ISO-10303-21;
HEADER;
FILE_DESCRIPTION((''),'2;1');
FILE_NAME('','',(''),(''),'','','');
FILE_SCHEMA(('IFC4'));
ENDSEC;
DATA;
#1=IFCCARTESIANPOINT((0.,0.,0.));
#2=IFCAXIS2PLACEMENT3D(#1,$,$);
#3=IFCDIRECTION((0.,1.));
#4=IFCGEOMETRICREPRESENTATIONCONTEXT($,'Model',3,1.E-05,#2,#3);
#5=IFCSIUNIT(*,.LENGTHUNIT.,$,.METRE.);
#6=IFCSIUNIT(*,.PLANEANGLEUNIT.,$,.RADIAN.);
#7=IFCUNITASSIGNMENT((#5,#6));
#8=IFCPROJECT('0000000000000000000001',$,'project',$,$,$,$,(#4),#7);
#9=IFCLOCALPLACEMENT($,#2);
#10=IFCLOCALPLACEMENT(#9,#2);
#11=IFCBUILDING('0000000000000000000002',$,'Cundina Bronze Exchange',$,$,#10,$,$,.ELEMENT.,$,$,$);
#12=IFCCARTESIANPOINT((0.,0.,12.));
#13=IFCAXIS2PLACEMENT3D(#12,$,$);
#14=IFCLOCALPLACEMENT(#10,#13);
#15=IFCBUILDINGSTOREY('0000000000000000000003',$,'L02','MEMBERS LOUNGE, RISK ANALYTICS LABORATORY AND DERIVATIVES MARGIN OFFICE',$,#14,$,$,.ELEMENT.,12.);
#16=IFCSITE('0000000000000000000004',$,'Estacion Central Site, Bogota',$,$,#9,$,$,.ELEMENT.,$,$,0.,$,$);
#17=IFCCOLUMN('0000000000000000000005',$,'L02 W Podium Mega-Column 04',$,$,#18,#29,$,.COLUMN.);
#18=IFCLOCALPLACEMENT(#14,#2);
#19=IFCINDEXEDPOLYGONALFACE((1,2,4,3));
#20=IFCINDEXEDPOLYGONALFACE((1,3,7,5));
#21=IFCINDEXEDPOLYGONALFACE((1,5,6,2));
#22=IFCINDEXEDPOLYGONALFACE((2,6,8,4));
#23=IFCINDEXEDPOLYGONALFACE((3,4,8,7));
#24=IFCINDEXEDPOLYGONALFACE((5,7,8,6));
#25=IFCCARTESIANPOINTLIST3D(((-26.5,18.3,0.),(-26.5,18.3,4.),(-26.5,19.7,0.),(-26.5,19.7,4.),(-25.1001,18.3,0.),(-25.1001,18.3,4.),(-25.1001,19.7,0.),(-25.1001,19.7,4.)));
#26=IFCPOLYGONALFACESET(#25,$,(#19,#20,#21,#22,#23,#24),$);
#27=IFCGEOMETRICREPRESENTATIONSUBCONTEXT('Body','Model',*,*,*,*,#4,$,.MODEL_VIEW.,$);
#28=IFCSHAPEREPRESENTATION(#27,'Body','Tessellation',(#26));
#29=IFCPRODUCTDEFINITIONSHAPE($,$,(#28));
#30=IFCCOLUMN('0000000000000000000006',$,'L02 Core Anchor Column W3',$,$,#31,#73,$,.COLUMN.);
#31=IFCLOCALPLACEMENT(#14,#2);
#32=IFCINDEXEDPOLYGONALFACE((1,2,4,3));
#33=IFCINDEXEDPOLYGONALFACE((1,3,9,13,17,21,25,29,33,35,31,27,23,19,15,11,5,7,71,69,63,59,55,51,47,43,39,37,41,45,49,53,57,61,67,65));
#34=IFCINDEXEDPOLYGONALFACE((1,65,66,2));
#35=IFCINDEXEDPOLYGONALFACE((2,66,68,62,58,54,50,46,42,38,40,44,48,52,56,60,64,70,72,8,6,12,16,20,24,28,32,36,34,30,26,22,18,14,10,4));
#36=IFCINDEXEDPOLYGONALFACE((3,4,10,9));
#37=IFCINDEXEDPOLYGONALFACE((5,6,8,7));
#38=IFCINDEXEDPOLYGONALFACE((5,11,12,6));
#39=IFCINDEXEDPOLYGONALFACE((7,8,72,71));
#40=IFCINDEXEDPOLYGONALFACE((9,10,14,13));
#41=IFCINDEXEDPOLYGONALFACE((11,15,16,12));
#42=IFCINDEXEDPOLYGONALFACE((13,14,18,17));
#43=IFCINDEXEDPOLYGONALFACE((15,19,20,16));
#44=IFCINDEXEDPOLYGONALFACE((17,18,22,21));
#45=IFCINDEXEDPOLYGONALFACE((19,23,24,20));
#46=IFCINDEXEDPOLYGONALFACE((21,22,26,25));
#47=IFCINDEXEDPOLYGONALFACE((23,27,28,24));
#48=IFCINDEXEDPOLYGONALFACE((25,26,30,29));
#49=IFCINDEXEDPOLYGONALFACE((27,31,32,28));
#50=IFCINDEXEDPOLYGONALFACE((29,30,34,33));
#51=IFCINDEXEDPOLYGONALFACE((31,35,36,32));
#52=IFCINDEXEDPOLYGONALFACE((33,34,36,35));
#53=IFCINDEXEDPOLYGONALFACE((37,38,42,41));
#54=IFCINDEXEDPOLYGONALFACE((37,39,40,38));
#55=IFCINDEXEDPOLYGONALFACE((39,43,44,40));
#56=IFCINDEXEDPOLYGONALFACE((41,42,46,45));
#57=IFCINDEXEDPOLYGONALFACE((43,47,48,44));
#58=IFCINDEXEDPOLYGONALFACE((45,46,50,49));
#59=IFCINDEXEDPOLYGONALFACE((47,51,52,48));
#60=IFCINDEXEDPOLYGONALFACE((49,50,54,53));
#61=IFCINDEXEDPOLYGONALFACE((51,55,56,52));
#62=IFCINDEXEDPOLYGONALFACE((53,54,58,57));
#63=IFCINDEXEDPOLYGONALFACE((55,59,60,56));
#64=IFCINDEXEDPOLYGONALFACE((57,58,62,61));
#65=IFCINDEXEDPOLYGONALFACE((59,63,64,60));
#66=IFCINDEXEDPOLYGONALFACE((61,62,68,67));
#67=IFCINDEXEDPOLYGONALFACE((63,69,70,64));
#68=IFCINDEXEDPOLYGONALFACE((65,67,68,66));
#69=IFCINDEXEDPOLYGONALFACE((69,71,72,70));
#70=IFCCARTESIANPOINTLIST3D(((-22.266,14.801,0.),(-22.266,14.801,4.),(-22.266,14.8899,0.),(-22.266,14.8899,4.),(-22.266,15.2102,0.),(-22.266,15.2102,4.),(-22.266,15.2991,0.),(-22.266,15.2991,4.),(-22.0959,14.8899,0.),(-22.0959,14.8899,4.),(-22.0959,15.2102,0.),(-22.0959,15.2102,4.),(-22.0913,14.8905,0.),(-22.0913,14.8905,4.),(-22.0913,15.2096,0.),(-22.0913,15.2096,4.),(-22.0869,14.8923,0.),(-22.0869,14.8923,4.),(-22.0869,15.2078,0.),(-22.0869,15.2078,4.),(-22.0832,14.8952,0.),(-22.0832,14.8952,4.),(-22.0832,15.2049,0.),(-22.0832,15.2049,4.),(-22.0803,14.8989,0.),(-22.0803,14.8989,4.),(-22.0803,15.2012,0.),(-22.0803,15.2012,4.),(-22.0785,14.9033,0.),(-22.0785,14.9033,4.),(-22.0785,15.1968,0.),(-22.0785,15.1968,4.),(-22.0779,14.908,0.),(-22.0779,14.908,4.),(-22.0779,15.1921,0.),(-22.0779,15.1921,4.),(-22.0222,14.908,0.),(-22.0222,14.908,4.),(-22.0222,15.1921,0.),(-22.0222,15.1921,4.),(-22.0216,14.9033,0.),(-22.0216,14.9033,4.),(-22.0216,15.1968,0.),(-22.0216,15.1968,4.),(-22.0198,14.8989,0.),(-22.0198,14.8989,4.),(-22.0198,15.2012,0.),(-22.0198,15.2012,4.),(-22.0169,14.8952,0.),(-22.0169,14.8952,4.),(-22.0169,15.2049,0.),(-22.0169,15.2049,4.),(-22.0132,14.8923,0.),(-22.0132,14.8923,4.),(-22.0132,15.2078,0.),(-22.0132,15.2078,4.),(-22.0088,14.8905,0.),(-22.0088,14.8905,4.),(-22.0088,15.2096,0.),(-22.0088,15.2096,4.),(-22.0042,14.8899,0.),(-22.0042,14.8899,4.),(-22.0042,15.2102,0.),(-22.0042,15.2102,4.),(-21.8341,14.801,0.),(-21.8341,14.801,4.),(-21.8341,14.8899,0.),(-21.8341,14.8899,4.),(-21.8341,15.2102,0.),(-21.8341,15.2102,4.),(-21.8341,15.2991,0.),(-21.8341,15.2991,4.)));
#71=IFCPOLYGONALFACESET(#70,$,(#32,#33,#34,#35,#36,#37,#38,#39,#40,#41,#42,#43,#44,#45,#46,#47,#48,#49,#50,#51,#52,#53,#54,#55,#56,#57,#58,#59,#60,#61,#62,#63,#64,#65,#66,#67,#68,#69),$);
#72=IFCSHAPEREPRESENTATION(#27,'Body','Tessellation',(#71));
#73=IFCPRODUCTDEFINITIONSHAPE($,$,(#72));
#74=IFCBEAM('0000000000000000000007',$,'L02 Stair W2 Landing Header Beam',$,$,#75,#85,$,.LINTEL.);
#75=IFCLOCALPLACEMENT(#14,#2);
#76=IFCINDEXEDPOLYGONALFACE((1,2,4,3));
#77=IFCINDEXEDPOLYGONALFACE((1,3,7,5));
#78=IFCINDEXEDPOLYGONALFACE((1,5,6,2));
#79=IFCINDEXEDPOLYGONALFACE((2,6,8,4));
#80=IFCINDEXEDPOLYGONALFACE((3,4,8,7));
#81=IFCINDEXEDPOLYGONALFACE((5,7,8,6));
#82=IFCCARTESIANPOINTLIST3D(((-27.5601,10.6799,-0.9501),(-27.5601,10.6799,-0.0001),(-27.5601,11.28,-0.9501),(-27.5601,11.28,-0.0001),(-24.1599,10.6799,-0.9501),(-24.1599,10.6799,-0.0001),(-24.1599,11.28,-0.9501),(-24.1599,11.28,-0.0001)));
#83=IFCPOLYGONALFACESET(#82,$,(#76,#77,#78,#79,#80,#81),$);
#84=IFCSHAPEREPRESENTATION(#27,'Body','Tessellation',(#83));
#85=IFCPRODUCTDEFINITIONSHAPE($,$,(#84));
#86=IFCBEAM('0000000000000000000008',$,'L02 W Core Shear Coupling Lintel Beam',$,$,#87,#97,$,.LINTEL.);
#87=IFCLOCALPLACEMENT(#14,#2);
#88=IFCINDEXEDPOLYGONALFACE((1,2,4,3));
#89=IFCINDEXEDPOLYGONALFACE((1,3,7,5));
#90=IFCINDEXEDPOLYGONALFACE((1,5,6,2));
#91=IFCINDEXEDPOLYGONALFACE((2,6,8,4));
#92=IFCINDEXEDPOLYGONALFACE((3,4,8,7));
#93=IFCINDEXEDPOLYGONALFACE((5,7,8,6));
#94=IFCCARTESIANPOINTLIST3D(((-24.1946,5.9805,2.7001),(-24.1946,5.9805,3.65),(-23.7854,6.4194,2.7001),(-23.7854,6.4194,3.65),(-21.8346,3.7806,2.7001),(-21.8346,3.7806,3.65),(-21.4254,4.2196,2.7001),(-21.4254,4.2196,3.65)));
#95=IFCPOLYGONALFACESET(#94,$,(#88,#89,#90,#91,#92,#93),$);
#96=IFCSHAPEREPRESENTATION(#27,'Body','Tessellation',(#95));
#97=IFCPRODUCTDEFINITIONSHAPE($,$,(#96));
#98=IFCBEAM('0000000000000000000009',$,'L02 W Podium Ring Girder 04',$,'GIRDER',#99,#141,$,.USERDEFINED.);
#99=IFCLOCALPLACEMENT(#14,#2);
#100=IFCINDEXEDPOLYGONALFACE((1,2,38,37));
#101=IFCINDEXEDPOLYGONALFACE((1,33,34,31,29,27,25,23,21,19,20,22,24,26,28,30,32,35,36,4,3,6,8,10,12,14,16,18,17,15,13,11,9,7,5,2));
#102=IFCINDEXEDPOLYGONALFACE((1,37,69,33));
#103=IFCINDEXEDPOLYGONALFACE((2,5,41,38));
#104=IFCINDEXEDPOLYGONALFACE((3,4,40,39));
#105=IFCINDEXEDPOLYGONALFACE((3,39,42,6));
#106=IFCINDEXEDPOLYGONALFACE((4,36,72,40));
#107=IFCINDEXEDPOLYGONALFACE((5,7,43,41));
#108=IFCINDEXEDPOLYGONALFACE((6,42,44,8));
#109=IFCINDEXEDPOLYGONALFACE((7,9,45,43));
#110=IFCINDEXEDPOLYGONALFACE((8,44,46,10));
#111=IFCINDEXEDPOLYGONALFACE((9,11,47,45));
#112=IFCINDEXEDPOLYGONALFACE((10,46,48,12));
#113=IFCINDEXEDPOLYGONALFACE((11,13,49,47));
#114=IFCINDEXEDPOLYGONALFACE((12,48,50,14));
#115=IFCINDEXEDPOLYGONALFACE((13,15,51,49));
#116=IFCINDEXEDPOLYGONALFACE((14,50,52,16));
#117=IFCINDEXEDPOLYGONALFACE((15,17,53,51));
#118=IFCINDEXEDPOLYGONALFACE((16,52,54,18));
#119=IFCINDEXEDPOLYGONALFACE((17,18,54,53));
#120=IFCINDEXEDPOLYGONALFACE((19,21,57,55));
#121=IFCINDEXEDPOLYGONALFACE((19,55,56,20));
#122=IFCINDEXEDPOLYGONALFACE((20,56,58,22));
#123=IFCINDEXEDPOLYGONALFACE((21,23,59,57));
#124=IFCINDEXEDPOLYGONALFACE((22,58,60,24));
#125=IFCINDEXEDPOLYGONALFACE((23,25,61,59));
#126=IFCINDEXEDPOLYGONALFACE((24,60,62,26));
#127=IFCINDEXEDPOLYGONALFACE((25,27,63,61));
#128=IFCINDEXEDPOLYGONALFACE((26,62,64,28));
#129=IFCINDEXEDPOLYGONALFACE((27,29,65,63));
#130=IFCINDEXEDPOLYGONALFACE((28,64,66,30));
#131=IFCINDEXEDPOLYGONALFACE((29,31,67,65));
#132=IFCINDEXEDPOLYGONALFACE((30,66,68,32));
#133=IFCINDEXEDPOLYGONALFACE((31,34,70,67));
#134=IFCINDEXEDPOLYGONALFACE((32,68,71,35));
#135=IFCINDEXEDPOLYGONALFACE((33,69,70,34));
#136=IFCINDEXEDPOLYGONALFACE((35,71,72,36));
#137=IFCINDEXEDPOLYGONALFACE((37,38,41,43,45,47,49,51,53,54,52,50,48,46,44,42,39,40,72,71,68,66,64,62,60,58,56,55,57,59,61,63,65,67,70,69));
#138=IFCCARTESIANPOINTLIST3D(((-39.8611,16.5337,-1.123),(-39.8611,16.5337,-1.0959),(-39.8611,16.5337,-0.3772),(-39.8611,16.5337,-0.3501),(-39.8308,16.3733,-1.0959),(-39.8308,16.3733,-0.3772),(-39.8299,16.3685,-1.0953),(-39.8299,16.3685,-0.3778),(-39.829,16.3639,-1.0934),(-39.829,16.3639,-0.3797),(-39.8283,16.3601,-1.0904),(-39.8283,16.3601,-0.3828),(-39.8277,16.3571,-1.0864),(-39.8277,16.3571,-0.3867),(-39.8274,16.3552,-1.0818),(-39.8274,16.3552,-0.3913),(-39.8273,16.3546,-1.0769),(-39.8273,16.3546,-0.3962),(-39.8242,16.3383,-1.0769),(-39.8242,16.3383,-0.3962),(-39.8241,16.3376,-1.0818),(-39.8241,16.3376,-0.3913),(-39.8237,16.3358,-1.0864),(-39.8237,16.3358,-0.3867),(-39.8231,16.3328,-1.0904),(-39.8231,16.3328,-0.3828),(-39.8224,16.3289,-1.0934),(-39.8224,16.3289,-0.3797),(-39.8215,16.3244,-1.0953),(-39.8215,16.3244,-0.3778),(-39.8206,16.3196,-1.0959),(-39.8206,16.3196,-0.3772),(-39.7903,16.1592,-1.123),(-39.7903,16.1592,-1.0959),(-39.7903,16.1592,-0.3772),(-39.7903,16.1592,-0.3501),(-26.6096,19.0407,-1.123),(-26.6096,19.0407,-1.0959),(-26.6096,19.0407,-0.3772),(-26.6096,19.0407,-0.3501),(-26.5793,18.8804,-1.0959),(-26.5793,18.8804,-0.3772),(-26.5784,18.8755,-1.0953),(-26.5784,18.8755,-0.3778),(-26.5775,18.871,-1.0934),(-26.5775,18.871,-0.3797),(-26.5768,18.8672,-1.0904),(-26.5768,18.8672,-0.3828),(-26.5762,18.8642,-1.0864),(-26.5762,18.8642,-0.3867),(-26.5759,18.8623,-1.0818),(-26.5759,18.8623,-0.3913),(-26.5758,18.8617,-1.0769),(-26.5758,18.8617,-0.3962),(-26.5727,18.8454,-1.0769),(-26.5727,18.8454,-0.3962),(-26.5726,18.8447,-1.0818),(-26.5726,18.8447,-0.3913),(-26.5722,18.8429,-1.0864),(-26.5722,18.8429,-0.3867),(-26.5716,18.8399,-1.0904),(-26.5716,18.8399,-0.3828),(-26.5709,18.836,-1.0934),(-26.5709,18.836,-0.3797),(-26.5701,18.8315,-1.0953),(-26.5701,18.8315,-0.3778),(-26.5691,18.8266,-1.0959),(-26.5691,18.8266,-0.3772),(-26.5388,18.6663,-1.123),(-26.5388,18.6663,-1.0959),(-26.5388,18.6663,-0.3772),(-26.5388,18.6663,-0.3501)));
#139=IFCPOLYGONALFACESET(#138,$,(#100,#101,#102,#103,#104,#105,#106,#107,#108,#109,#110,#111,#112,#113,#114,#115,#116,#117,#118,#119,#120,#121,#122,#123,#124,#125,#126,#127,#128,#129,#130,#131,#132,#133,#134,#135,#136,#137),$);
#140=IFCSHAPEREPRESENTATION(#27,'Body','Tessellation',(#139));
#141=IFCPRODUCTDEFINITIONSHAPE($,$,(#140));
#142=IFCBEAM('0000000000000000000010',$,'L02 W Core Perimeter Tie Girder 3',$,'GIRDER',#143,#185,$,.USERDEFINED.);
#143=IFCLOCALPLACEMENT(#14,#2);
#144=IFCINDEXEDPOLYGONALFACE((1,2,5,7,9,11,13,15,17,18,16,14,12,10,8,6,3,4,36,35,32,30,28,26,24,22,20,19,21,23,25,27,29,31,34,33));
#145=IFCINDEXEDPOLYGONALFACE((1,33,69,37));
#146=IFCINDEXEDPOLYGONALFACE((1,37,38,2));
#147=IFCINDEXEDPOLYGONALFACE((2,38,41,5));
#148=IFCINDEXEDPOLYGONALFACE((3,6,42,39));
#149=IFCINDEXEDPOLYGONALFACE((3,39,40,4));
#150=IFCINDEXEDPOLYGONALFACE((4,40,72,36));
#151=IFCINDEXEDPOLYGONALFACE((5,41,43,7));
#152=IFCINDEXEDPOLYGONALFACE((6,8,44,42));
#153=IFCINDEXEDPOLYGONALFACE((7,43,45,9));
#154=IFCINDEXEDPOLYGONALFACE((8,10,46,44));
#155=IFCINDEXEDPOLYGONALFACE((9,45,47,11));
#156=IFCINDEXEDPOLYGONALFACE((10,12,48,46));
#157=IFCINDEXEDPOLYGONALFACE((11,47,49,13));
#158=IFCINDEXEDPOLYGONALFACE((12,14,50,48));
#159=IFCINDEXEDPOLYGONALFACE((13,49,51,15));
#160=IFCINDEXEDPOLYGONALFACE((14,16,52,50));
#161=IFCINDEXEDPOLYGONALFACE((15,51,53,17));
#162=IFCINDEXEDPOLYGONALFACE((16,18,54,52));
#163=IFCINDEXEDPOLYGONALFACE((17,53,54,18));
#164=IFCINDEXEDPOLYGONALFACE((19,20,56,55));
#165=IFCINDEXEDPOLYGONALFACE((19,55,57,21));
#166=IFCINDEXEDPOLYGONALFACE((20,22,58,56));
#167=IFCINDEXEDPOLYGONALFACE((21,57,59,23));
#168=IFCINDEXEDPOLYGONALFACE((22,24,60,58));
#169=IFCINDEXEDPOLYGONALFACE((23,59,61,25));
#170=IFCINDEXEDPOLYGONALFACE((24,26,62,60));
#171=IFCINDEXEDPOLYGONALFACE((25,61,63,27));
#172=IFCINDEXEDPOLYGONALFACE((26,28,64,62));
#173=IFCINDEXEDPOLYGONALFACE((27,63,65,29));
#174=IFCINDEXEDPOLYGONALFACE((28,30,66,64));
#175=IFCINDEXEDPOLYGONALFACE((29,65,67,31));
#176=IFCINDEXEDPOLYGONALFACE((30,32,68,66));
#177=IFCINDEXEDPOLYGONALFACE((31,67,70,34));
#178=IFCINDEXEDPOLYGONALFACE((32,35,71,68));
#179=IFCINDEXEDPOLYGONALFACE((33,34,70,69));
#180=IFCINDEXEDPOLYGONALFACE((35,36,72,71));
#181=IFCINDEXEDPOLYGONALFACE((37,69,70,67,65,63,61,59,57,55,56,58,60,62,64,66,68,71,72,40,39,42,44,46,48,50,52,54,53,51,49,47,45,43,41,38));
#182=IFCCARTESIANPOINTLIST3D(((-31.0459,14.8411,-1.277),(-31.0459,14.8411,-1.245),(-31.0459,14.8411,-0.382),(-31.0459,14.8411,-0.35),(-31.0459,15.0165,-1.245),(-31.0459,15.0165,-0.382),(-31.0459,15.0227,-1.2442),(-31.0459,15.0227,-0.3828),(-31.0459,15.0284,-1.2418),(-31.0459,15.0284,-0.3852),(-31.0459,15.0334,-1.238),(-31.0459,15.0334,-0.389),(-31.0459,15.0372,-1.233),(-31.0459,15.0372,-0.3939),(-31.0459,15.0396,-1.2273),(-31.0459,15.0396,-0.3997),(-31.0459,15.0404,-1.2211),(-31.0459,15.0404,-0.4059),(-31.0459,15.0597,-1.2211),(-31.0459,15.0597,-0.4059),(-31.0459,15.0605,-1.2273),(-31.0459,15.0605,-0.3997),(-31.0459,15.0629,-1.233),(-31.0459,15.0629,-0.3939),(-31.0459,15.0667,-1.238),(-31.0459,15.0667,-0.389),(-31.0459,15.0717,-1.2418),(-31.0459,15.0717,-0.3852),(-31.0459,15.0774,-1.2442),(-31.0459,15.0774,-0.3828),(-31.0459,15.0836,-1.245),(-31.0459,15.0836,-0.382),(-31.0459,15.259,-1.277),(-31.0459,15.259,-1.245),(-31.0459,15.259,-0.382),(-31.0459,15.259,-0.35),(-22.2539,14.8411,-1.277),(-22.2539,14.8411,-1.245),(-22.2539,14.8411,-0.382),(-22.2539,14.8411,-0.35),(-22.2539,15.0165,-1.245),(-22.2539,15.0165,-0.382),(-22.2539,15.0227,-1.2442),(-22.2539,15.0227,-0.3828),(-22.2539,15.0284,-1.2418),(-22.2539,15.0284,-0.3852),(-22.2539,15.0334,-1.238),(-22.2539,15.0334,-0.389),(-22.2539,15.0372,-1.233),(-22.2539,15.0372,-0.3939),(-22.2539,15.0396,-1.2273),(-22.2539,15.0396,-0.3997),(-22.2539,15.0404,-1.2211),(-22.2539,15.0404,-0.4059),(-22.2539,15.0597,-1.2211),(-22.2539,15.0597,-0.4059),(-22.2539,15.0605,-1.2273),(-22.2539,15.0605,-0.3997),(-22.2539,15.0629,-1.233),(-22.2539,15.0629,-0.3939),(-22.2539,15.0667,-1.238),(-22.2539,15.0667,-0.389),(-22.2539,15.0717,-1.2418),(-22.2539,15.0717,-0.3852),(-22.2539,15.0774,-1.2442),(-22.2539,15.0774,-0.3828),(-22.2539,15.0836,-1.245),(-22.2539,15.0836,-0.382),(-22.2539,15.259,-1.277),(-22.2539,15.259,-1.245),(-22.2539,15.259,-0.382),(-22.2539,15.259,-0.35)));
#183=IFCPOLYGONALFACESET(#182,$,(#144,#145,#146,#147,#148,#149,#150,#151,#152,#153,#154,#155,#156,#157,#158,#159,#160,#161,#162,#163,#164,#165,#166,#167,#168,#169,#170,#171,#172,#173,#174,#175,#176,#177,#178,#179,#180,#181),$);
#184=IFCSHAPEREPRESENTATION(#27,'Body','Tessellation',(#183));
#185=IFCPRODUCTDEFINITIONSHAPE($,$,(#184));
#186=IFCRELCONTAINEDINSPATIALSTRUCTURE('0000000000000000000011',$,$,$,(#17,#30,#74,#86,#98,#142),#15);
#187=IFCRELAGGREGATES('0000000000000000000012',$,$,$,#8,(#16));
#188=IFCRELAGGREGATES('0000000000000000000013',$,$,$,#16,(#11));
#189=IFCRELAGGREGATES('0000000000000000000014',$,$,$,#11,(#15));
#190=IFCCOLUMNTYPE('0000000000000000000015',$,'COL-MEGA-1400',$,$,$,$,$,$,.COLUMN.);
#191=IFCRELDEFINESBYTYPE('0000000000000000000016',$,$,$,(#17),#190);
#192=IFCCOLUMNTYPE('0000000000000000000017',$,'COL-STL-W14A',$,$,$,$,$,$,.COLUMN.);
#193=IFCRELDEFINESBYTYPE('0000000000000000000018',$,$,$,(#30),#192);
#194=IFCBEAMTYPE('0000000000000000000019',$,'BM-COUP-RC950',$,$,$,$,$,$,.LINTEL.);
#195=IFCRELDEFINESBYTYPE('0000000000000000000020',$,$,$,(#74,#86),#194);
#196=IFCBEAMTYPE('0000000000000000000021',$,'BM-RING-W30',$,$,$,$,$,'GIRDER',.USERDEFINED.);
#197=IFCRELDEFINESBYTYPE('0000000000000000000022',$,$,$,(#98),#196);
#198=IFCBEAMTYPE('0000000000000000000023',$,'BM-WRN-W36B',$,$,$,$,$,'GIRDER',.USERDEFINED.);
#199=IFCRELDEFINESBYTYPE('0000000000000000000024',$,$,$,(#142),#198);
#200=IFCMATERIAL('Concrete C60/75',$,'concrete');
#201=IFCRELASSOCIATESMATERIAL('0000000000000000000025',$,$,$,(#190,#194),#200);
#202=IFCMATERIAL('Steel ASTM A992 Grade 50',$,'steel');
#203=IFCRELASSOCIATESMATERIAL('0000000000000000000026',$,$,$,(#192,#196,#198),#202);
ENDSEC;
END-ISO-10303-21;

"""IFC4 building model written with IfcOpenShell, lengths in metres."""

from ifc_helpers import new_model, si_unit, direction, frame, origin, origin_2d, place, context, subcontext, project, spatial, rectangle, i_section, extrude, material, material_profile, profile_set, type_object, element, save


model = new_model("IFC4")

# Units and contexts
model_context = context("Model", 3, precision=1e-05, world=origin(), true_north=direction((0.0, 1.0)))
body_context = subcontext(model_context, "Body", "Model", "MODEL_VIEW")
ifc_project = project(units=[si_unit("LENGTHUNIT", "METRE"), si_unit("PLANEANGLEUNIT", "RADIAN")], contexts=[model_context])

# Site, building, storey
site_placement = place(None, origin())
site = spatial("IfcSite", under=ifc_project, at=site_placement, Name="Estacion Central Site, Bogota", CompositionType="ELEMENT", RefElevation=0.0)
building_placement = place(site_placement, origin())
building = spatial("IfcBuilding", under=site, at=building_placement, Name="Cundina Bronze Exchange", CompositionType="ELEMENT")
storey_placement = place(building_placement, frame((0.0, 0.0, 12.0)))
storey = spatial("IfcBuildingStorey", under=building, at=storey_placement, Name="L02", Description="MEMBERS LOUNGE, RISK ANALYTICS LABORATORY AND DERIVATIVES MARGIN OFFICE", CompositionType="ELEMENT", Elevation=12.0)

# Columns
ifc_material_1 = material(Name="Concrete C60/75", Category="concrete")
ifc_material_profile_1 = material_profile(ifc_material_1, rectangle(XDim=1.3999, YDim=1.3999, at=origin_2d()), Name="RC1400X1400", Category="concrete")
ifc_profile_set_1 = profile_set([ifc_material_profile_1], Name="Concrete C60/75")
column_type_1 = type_object("IfcColumnType", Name="COL-MEGA-1400", PredefinedType="COLUMN", material=ifc_profile_set_1)
column_1_placement = place(storey_placement, frame((-25.8, 19.0, 0.0), z_axis=(0.0, 0.0, 1.0), x_axis=(1.0, 0.0, 0.0)))
element("IfcColumn", 1, at=column_1_placement, inside=storey, type_object=column_type_1, Name="L02 W Podium Mega-Column 04", PredefinedType="COLUMN", context=body_context, shape_type="SweptSolid", body=[
    extrude(rectangle(XDim=1.3999, YDim=1.3999, at=origin_2d()), origin(), (0.0, 0.0, 1.0), 4.0),
])
ifc_material_2 = material(Name="Steel ASTM A992 Grade 50", Category="steel")
ifc_material_profile_2 = material_profile(ifc_material_2, i_section(OverallWidth=0.4319, OverallDepth=0.498, WebThickness=0.0557, FlangeThickness=0.0889, FilletRadius=0.0181, at=origin_2d()), Name="W14X500", Category="steel")
ifc_profile_set_2 = profile_set([ifc_material_profile_2], Name="Steel ASTM A992 Grade 50")
column_type_2 = type_object("IfcColumnType", Name="COL-STL-W14A", PredefinedType="COLUMN", material=ifc_profile_set_2)
column_2_placement = place(storey_placement, frame((-22.05, 15.05, 0.0), z_axis=(0.0, 0.0, 1.0), x_axis=(1.0, 0.0, 0.0)))
element("IfcColumn", 2, at=column_2_placement, inside=storey, type_object=column_type_2, Name="L02 Core Anchor Column W3", PredefinedType="COLUMN", context=body_context, shape_type="SweptSolid", body=[
    extrude(i_section(OverallWidth=0.4319, OverallDepth=0.498, WebThickness=0.0557, FlangeThickness=0.0889, FilletRadius=0.0181, at=origin_2d()), origin(), (0.0, 0.0, 1.0), 4.0),
])

# Beams
ifc_material_profile_3 = material_profile(ifc_material_1, rectangle(XDim=0.6001, YDim=0.95, at=origin_2d()), Name="RC600X950", Category="concrete")
ifc_profile_set_3 = profile_set([ifc_material_profile_3], Name="Concrete C60/75")
beam_type_1 = type_object("IfcBeamType", Name="BM-COUP-RC950", PredefinedType="LINTEL", material=ifc_profile_set_3)
beam_1_placement = place(storey_placement, frame((-27.5601, 10.98, -0.4751), z_axis=(1.0, 0.0, 0.0), x_axis=(0.0, 1.0, 0.0)))
element("IfcBeam", 3, at=beam_1_placement, inside=storey, type_object=beam_type_1, Name="L02 Stair W2 Landing Header Beam", PredefinedType="LINTEL", context=body_context, shape_type="SweptSolid", body=[
    extrude(rectangle(XDim=0.6001, YDim=0.95, at=origin_2d()), origin(), (0.0, 0.0, 1.0), 3.4001),
])
beam_2_placement = place(storey_placement, frame((-23.99, 6.2, 3.175), z_axis=(0.73149, -0.681852, 0.0), x_axis=(0.681852, 0.73149, 0.0)))
element("IfcBeam", 4, at=beam_2_placement, inside=storey, type_object=beam_type_1, Name="L02 W Core Shear Coupling Lintel Beam", PredefinedType="LINTEL", context=body_context, shape_type="SweptSolid", body=[
    extrude(rectangle(XDim=0.6001, YDim=0.95, at=origin_2d()), origin(), (0.0, 0.0, 1.0), 3.2263),
])
ifc_material_profile_4 = material_profile(ifc_material_2, i_section(OverallWidth=0.3811, OverallDepth=0.7729, WebThickness=0.0166, FlangeThickness=0.0271, FilletRadius=0.019, at=origin_2d()), Name="W30X173", Category="steel")
ifc_profile_set_4 = profile_set([ifc_material_profile_4], Name="Steel ASTM A992 Grade 50")
beam_type_2 = type_object("IfcBeamType", Name="BM-RING-W30", ElementType="GIRDER", PredefinedType="USERDEFINED", material=ifc_profile_set_4)
beam_3_placement = place(storey_placement, frame((-26.5742, 18.8535, -0.7366), z_axis=(-0.98257, -0.185895, 0.0), x_axis=(0.185895, -0.98257, 0.0)))
element("IfcBeam", 5, at=beam_3_placement, inside=storey, type_object=beam_type_2, Name="L02 W Podium Ring Girder 04", ObjectType="GIRDER", PredefinedType="USERDEFINED", context=body_context, shape_type="SweptSolid", body=[
    extrude(i_section(OverallWidth=0.3811, OverallDepth=0.7729, WebThickness=0.0166, FlangeThickness=0.0271, FilletRadius=0.019, at=origin_2d()), origin(), (0.0, 0.0, 1.0), 13.4866),
])
ifc_material_profile_5 = material_profile(ifc_material_2, i_section(OverallWidth=0.418, OverallDepth=0.927, WebThickness=0.0193, FlangeThickness=0.032, FilletRadius=0.0239, at=origin_2d()), Name="W36X231", Category="steel")
ifc_profile_set_5 = profile_set([ifc_material_profile_5], Name="Steel ASTM A992 Grade 50")
beam_type_3 = type_object("IfcBeamType", Name="BM-WRN-W36B", ElementType="GIRDER", PredefinedType="USERDEFINED", material=ifc_profile_set_5)
beam_4_placement = place(storey_placement, frame((-22.2539, 15.05, -0.8135), z_axis=(-1.0, 0.0, 0.0), x_axis=(0.0, -1.0, 0.0)))
element("IfcBeam", 6, at=beam_4_placement, inside=storey, type_object=beam_type_3, Name="L02 W Core Perimeter Tie Girder 3", ObjectType="GIRDER", PredefinedType="USERDEFINED", context=body_context, shape_type="SweptSolid", body=[
    extrude(i_section(OverallWidth=0.418, OverallDepth=0.927, WebThickness=0.0193, FlangeThickness=0.032, FilletRadius=0.0239, at=origin_2d()), origin(), (0.0, 0.0, 1.0), 8.792),
])

save(model, "model.ifc")
